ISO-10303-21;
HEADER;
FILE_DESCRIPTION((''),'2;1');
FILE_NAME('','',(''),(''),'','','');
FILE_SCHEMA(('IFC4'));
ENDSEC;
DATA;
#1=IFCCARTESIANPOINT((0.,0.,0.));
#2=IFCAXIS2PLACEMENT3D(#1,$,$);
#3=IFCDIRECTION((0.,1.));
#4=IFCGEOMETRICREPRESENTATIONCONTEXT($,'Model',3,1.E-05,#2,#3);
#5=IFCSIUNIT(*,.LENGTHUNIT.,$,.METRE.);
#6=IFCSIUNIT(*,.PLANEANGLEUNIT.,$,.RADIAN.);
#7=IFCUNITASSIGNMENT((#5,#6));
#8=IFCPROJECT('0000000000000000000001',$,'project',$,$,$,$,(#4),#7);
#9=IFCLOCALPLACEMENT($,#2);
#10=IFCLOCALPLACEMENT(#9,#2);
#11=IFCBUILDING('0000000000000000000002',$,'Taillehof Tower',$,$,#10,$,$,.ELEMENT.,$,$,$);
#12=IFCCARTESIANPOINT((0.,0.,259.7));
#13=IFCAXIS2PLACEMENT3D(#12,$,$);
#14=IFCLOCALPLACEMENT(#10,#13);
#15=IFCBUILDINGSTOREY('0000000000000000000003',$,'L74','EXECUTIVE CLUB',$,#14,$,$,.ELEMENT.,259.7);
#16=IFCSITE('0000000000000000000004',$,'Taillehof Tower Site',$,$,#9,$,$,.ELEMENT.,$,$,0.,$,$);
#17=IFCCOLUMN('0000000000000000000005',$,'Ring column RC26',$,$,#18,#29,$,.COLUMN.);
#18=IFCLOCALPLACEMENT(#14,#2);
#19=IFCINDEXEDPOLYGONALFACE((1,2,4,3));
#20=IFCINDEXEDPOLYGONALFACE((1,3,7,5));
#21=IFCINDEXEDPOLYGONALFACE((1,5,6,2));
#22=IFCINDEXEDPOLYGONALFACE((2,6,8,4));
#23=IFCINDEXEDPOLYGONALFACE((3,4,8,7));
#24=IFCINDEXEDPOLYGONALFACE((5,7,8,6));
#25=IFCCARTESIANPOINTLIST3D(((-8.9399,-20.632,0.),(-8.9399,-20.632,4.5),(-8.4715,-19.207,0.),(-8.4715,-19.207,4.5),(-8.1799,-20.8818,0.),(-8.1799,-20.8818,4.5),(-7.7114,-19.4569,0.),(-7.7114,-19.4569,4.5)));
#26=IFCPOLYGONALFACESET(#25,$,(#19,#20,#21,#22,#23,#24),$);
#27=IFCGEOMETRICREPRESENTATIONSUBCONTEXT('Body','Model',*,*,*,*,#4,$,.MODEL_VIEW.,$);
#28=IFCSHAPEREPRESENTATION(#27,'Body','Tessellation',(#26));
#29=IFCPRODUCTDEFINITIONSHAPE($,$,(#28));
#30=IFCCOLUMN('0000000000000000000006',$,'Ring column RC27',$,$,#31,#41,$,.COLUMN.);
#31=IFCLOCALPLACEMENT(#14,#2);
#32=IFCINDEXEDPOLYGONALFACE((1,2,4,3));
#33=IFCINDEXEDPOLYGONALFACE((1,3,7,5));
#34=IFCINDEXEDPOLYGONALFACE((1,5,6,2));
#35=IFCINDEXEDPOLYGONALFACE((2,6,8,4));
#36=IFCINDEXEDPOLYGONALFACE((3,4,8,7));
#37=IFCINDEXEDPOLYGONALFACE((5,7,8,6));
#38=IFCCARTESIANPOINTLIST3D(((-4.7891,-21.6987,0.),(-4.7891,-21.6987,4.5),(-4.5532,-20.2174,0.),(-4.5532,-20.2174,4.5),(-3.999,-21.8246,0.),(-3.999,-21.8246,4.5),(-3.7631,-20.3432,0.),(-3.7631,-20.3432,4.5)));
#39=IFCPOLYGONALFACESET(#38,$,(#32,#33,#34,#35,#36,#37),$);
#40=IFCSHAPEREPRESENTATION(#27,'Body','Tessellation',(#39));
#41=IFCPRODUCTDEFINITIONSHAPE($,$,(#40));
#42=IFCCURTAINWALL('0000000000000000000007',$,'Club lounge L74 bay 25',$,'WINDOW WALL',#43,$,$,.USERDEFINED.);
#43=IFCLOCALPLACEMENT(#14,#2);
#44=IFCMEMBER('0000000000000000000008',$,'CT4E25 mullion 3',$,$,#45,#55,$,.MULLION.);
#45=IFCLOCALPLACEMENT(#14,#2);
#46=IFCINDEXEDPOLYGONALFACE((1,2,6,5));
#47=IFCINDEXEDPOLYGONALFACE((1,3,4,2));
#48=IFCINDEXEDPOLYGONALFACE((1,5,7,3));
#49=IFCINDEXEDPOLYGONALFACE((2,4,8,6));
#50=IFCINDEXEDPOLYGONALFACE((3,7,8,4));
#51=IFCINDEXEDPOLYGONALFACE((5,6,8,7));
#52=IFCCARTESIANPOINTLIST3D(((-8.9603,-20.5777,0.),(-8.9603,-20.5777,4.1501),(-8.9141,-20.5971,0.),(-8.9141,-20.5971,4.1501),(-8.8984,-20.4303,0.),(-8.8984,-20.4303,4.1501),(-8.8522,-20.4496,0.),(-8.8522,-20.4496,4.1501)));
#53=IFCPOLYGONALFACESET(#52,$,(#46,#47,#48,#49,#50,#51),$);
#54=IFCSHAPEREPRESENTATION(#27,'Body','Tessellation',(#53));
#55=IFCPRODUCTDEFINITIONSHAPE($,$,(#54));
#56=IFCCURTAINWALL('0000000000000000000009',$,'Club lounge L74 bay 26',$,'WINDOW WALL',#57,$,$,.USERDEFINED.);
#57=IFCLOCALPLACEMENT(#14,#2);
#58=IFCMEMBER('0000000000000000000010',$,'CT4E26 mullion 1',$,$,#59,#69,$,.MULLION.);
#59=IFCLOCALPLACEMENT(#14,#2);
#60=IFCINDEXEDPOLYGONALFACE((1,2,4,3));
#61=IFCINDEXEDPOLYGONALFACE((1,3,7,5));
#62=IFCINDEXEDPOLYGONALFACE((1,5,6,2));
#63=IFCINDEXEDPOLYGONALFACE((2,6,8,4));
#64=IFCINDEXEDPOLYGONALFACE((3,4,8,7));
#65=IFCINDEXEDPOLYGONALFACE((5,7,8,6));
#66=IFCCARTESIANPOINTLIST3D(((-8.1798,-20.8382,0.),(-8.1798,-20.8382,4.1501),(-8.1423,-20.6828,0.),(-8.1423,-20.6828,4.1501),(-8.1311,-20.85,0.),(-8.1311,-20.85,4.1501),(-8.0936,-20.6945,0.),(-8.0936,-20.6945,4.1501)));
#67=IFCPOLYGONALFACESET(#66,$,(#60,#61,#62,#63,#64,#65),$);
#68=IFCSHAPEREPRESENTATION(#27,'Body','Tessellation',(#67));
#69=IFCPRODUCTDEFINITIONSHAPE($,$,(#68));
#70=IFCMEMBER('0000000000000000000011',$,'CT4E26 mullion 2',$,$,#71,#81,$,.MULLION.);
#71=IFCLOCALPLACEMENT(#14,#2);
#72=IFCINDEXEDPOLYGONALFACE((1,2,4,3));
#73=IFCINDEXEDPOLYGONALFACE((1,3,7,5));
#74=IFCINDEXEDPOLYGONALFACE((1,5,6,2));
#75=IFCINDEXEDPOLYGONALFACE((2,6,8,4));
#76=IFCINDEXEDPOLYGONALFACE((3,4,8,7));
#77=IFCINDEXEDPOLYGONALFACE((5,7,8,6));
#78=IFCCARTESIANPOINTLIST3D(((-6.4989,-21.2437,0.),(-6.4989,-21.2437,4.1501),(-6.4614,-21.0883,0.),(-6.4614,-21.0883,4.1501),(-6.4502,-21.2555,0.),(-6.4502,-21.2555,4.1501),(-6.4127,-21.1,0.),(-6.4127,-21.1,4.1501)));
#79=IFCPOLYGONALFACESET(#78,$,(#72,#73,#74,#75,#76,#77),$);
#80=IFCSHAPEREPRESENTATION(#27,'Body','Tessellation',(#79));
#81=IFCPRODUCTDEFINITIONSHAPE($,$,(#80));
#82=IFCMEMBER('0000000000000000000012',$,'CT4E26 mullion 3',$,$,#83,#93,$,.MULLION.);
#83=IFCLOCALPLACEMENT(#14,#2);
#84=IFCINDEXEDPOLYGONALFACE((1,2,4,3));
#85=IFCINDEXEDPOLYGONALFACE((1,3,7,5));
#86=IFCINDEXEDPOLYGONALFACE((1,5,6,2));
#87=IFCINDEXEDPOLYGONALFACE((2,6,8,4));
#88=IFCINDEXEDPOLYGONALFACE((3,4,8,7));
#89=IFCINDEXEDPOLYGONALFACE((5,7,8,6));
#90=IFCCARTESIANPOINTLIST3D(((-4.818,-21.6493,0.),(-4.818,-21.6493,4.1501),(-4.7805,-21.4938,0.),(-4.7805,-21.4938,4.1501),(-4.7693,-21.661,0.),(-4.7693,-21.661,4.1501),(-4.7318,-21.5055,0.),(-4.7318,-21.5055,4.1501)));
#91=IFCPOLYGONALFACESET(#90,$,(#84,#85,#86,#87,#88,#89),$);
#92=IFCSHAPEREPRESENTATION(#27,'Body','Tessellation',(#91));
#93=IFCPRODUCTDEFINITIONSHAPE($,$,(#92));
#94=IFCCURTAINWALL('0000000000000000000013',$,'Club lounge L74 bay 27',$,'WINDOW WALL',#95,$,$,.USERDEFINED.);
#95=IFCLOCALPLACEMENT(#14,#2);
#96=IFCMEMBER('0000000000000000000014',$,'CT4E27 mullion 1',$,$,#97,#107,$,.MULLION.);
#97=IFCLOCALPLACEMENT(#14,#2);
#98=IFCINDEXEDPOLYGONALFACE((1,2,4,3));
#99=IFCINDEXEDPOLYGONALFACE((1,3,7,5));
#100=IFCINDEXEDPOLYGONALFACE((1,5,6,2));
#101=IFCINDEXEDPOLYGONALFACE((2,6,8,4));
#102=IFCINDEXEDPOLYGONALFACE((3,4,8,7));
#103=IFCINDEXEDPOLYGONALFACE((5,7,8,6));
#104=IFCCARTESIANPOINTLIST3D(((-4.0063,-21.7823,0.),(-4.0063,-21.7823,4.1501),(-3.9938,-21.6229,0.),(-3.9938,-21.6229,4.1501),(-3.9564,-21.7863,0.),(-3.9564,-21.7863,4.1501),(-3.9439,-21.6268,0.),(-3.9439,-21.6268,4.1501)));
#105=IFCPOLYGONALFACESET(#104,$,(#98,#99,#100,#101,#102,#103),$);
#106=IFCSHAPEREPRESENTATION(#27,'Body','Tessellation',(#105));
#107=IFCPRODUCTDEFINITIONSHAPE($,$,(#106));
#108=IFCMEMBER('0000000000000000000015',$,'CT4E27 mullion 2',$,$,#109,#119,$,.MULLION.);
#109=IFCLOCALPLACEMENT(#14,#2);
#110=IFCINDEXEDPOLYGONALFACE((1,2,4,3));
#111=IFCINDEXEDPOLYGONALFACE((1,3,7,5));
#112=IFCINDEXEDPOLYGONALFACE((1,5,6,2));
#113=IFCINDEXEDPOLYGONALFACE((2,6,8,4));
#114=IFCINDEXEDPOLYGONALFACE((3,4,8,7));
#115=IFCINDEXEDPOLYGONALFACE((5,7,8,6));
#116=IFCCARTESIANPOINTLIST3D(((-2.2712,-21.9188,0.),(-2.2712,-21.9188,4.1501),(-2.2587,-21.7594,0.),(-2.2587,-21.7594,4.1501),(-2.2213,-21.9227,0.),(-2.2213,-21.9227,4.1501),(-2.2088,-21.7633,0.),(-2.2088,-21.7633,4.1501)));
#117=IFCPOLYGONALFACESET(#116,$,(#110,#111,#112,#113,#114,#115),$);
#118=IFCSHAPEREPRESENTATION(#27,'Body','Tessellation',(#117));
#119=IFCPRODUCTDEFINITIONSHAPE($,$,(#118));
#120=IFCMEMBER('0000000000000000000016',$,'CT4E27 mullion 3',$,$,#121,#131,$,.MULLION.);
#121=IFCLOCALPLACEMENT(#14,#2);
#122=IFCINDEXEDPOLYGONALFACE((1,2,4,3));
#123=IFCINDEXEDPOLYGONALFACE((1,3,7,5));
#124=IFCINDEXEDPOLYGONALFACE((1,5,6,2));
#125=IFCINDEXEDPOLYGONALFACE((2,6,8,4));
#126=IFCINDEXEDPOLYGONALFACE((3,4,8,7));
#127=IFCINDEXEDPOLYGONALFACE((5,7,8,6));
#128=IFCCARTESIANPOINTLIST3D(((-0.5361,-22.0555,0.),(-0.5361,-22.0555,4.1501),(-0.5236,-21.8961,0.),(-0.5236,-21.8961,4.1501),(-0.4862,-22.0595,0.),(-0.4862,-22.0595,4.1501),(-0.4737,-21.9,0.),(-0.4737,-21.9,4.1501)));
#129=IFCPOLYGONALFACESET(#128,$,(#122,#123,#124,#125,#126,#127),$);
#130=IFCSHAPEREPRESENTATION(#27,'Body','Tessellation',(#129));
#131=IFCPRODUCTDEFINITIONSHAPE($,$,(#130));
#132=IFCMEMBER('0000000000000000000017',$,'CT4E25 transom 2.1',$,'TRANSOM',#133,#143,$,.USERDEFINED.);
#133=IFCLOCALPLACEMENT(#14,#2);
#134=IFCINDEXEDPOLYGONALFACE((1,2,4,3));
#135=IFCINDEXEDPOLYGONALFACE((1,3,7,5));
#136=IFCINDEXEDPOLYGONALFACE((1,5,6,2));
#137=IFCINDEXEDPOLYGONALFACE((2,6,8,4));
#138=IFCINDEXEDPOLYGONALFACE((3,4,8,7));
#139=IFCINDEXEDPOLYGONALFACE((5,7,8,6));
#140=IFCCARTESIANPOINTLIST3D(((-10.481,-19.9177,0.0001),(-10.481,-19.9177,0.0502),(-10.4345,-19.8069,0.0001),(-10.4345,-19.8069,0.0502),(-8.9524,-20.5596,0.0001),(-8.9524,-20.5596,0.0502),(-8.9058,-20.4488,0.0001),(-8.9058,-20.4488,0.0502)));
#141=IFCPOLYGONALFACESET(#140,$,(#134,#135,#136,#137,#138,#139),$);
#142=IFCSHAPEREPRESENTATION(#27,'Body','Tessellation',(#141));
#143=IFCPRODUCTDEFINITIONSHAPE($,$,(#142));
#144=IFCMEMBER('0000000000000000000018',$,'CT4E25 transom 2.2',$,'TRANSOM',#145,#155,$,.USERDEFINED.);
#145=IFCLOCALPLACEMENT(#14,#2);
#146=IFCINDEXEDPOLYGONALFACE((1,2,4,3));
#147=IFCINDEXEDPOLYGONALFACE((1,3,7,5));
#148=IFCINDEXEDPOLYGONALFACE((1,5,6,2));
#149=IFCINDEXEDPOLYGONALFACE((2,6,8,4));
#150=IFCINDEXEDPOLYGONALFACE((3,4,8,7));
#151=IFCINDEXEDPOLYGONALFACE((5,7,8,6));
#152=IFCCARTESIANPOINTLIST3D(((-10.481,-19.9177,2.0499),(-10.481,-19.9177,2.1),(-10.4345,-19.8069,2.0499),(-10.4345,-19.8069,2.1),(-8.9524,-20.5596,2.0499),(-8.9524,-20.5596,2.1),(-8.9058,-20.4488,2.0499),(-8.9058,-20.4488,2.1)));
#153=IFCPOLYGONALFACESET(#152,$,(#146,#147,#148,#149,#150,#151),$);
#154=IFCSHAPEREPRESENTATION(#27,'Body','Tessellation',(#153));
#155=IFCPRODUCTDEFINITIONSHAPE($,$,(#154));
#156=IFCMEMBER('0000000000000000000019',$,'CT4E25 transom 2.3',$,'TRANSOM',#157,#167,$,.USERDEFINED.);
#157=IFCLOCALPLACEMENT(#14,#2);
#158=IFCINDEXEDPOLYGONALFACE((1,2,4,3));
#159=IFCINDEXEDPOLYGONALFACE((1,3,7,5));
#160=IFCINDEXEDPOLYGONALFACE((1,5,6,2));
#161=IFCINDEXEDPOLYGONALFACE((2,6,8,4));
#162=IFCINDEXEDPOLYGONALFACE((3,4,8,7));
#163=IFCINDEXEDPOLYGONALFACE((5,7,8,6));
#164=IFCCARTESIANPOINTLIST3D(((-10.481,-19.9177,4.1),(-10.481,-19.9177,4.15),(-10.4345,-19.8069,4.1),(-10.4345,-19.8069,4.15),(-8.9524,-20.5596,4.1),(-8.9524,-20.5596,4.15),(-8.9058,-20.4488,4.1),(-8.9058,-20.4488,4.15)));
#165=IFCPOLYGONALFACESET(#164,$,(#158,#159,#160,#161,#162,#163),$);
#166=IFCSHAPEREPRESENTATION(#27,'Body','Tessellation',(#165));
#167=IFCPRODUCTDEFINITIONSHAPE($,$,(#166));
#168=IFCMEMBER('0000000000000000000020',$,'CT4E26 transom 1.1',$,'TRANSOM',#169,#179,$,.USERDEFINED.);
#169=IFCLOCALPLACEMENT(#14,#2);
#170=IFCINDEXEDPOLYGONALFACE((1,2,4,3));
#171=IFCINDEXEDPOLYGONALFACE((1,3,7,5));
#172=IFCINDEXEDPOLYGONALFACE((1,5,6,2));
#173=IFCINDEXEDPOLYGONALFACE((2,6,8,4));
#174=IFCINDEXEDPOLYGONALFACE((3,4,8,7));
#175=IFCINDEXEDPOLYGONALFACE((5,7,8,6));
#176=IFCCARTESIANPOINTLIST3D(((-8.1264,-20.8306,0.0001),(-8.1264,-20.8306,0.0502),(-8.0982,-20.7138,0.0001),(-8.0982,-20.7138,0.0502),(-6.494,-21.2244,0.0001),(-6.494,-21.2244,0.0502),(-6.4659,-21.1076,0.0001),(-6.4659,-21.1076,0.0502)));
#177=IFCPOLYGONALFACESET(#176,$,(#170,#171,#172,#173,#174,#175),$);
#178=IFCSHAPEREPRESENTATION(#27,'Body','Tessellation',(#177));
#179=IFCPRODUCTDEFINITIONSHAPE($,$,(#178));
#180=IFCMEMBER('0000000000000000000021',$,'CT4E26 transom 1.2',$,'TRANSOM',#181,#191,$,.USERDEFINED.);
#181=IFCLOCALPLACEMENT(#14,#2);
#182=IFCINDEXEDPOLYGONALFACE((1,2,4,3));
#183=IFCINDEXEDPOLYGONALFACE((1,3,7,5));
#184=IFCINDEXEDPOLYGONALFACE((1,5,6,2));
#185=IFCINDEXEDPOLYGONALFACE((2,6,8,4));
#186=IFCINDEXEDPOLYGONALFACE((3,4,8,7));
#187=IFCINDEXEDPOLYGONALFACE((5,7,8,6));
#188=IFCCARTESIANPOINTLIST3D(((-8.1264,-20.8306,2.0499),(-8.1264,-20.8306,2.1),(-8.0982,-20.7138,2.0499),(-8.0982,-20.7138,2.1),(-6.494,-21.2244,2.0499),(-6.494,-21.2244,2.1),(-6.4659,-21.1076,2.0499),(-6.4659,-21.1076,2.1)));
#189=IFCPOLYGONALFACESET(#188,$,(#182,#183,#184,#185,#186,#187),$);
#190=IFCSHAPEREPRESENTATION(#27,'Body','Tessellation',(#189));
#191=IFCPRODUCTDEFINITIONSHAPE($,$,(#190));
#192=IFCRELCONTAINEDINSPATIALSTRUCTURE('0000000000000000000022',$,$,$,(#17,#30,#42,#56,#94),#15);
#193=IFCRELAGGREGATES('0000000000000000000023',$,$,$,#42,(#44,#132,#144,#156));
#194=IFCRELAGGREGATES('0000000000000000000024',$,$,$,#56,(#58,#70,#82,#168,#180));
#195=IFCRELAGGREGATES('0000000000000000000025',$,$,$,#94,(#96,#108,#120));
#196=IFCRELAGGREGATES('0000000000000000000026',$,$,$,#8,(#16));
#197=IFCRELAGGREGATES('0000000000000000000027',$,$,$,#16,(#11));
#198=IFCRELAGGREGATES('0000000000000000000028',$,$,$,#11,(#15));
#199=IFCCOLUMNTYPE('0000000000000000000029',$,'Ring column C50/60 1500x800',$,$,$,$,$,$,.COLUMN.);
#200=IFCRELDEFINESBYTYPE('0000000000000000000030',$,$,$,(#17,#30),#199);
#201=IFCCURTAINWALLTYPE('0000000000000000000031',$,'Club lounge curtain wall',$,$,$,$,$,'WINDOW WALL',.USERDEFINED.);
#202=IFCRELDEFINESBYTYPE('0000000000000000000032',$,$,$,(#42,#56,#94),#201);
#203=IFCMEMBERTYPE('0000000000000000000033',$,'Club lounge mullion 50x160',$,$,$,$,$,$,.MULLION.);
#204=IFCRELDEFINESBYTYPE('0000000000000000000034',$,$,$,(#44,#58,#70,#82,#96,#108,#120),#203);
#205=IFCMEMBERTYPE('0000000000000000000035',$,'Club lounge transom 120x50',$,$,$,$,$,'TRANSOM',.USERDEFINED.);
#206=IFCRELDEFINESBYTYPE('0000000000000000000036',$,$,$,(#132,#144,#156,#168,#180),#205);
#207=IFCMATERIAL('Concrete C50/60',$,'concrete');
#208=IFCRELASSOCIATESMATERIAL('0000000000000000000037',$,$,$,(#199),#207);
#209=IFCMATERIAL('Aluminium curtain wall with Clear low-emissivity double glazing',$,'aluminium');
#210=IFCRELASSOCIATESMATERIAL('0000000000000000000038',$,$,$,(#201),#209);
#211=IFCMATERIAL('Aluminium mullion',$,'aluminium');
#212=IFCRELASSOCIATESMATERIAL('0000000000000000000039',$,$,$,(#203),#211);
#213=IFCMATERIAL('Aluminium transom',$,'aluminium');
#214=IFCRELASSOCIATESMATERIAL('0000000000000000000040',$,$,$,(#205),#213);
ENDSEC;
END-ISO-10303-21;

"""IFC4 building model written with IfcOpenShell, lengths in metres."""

from ifc_helpers import new_model, si_unit, direction, frame, origin, origin_2d, place, context, subcontext, project, spatial, rectangle, extrude, material, material_profile, profile_set, type_object, element, aggregate, save


model = new_model("IFC4")

# Units and contexts
model_context = context("Model", 3, precision=1e-05, world=origin(), true_north=direction((0.0, 1.0)))
body_context = subcontext(model_context, "Body", "Model", "MODEL_VIEW")
ifc_project = project(units=[si_unit("LENGTHUNIT", "METRE"), si_unit("PLANEANGLEUNIT", "RADIAN")], contexts=[model_context])

# Site, building, storey
site_placement = place(None, origin())
site = spatial("IfcSite", under=ifc_project, at=site_placement, Name="Taillehof Tower Site", CompositionType="ELEMENT", RefElevation=0.0)
building_placement = place(site_placement, origin())
building = spatial("IfcBuilding", under=site, at=building_placement, Name="Taillehof Tower", CompositionType="ELEMENT")
storey_placement = place(building_placement, frame((0.0, 0.0, 259.7)))
storey = spatial("IfcBuildingStorey", under=building, at=storey_placement, Name="L74", Description="EXECUTIVE CLUB", CompositionType="ELEMENT", Elevation=259.7)

# Columns
ifc_material_1 = material(Name="Concrete C50/60", Category="concrete")
ifc_material_profile_1 = material_profile(ifc_material_1, rectangle(XDim=1.5, YDim=0.8, at=origin_2d()), Name="RC 1500x800")
ifc_profile_set_1 = profile_set([ifc_material_profile_1], Name="Concrete C50/60")
column_type = type_object("IfcColumnType", Name="Ring column C50/60 1500x800", PredefinedType="COLUMN", material=ifc_profile_set_1)
for number, where, z_axis, x_axis, name in (
    (1, (-8.3257, -20.0444, 0.0), (0.0, 0.0, 1.0), (-0.312304, -0.949982, 0.0), "Ring column RC26"),
    (2, (-4.2761, -21.021, 0.0), (0.0, 0.0, 1.0), (-0.157281, -0.987554, 0.0), "Ring column RC27"),
):
    element("IfcColumn", number, at=place(storey_placement, frame(where, z_axis=z_axis, x_axis=x_axis)), inside=storey, type_object=column_type, Name=name, PredefinedType="COLUMN", context=body_context, shape_type="SweptSolid", body=[
        extrude(rectangle(XDim=1.5, YDim=0.8, at=origin_2d()), origin(), (0.0, 0.0, 1.0), 4.5),
    ])

# Curtain wall, member
ifc_material_2 = material(Name="Aluminium curtain wall with Clear low-emissivity double glazing", Category="aluminium")
curtain_wall_type = type_object("IfcCurtainWallType", Name="Club lounge curtain wall", ElementType="WINDOW WALL", PredefinedType="USERDEFINED", material=ifc_material_2)
curtain_wall_1_placement = place(storey_placement, origin())
curtain_wall_1 = element("IfcCurtainWall", 3, at=curtain_wall_1_placement, inside=storey, type_object=curtain_wall_type, Name="Club lounge L74 bay 25", ObjectType="WINDOW WALL", PredefinedType="USERDEFINED")
ifc_material_3 = material(Name="Aluminium mullion", Category="aluminium")
ifc_material_profile_2 = material_profile(ifc_material_3, rectangle(XDim=0.1599, YDim=0.05, at=origin_2d()), Name="AL 50x160")
ifc_profile_set_2 = profile_set([ifc_material_profile_2], Name="Aluminium mullion")
member_type_1 = type_object("IfcMemberType", Name="Club lounge mullion 50x160", PredefinedType="MULLION", material=ifc_profile_set_2)
member_1_placement = place(storey_placement, frame((-8.9062, -20.5137, 0.0), z_axis=(0.0, 0.0, 1.0), x_axis=(0.387101, 0.922037, 0.0)))
member_1 = element("IfcMember", 4, at=member_1_placement, type_object=member_type_1, Name="CT4E25 mullion 3", PredefinedType="MULLION", context=body_context, shape_type="SweptSolid", body=[
    extrude(rectangle(XDim=0.1599, YDim=0.05, at=origin_2d()), origin(), (0.0, 0.0, 1.0), 4.1501),
])

# Curtain walls, members
curtain_wall_2_placement = place(storey_placement, origin())
curtain_wall_2 = element("IfcCurtainWall", 5, at=curtain_wall_2_placement, inside=storey, type_object=curtain_wall_type, Name="Club lounge L74 bay 26", ObjectType="WINDOW WALL", PredefinedType="USERDEFINED")
member_2_placement = place(storey_placement, frame((-8.1367, -20.7664, 0.0), z_axis=(0.0, 0.0, 1.0), x_axis=(0.234515, 0.972113, 0.0)))
member_2 = element("IfcMember", 6, at=member_2_placement, type_object=member_type_1, Name="CT4E26 mullion 1", PredefinedType="MULLION", context=body_context, shape_type="SweptSolid", body=[
    extrude(rectangle(XDim=0.1599, YDim=0.05, at=origin_2d()), origin(), (0.0, 0.0, 1.0), 4.1501),
])
member_3_placement = place(storey_placement, frame((-6.4558, -21.1719, 0.0), z_axis=(0.0, 0.0, 1.0), x_axis=(0.234515, 0.972113, 0.0)))
member_3 = element("IfcMember", 7, at=member_3_placement, type_object=member_type_1, Name="CT4E26 mullion 2", PredefinedType="MULLION", context=body_context, shape_type="SweptSolid", body=[
    extrude(rectangle(XDim=0.1599, YDim=0.05, at=origin_2d()), origin(), (0.0, 0.0, 1.0), 4.1501),
])
member_4_placement = place(storey_placement, frame((-4.7749, -21.5774, 0.0), z_axis=(0.0, 0.0, 1.0), x_axis=(0.234515, 0.972113, 0.0)))
member_4 = element("IfcMember", 8, at=member_4_placement, type_object=member_type_1, Name="CT4E26 mullion 3", PredefinedType="MULLION", context=body_context, shape_type="SweptSolid", body=[
    extrude(rectangle(XDim=0.1599, YDim=0.05, at=origin_2d()), origin(), (0.0, 0.0, 1.0), 4.1501),
])
curtain_wall_3_placement = place(storey_placement, origin())
curtain_wall_3 = element("IfcCurtainWall", 9, at=curtain_wall_3_placement, inside=storey, type_object=curtain_wall_type, Name="Club lounge L74 bay 27", ObjectType="WINDOW WALL", PredefinedType="USERDEFINED")
member_5_placement = place(storey_placement, frame((-3.9751, -21.7046, 0.0), z_axis=(0.0, 0.0, 1.0), x_axis=(0.078525, 0.996912, 0.0)))
member_5 = element("IfcMember", 10, at=member_5_placement, type_object=member_type_1, Name="CT4E27 mullion 1", PredefinedType="MULLION", context=body_context, shape_type="SweptSolid", body=[
    extrude(rectangle(XDim=0.1599, YDim=0.05, at=origin_2d()), origin(), (0.0, 0.0, 1.0), 4.1501),
])
member_6_placement = place(storey_placement, frame((-2.24, -21.8411, 0.0), z_axis=(0.0, 0.0, 1.0), x_axis=(0.078525, 0.996912, 0.0)))
member_6 = element("IfcMember", 11, at=member_6_placement, type_object=member_type_1, Name="CT4E27 mullion 2", PredefinedType="MULLION", context=body_context, shape_type="SweptSolid", body=[
    extrude(rectangle(XDim=0.1599, YDim=0.05, at=origin_2d()), origin(), (0.0, 0.0, 1.0), 4.1501),
])
member_7_placement = place(storey_placement, frame((-0.5049, -21.9778, 0.0), z_axis=(0.0, 0.0, 1.0), x_axis=(0.078525, 0.996912, 0.0)))
member_7 = element("IfcMember", 12, at=member_7_placement, type_object=member_type_1, Name="CT4E27 mullion 3", PredefinedType="MULLION", context=body_context, shape_type="SweptSolid", body=[
    extrude(rectangle(XDim=0.1599, YDim=0.05, at=origin_2d()), origin(), (0.0, 0.0, 1.0), 4.1501),
])

# Members
ifc_material_4 = material(Name="Aluminium transom", Category="aluminium")
ifc_material_profile_3 = material_profile(ifc_material_4, rectangle(XDim=0.1201, YDim=0.05, at=origin_2d()), Name="AL 120x50")
ifc_profile_set_3 = profile_set([ifc_material_profile_3], Name="Aluminium transom")
member_type_2 = type_object("IfcMemberType", Name="Club lounge transom 120x50", ElementType="TRANSOM", PredefinedType="USERDEFINED", material=ifc_profile_set_3)
member_8_placement = place(storey_placement, frame((-10.4578, -19.8623, 0.0251), z_axis=(0.922015, -0.387155, 0.0), x_axis=(0.387155, 0.922015, 0.0)))
member_8 = element("IfcMember", 13, at=member_8_placement, type_object=member_type_2, Name="CT4E25 transom 2.1", ObjectType="TRANSOM", PredefinedType="USERDEFINED", context=body_context, shape_type="SweptSolid", body=[
    extrude(rectangle(XDim=0.1201, YDim=0.05, at=origin_2d()), origin(), (0.0, 0.0, 1.0), 1.658),
])
member_9_placement = place(storey_placement, frame((-10.4578, -19.8623, 2.075), z_axis=(0.922015, -0.387155, 0.0), x_axis=(0.387155, 0.922015, 0.0)))
member_9 = element("IfcMember", 14, at=member_9_placement, type_object=member_type_2, Name="CT4E25 transom 2.2", ObjectType="TRANSOM", PredefinedType="USERDEFINED", context=body_context, shape_type="SweptSolid", body=[
    extrude(rectangle(XDim=0.1201, YDim=0.05, at=origin_2d()), origin(), (0.0, 0.0, 1.0), 1.658),
])
member_10_placement = place(storey_placement, frame((-10.4578, -19.8623, 4.125), z_axis=(0.922015, -0.387155, 0.0), x_axis=(0.387155, 0.922015, 0.0)))
member_10 = element("IfcMember", 15, at=member_10_placement, type_object=member_type_2, Name="CT4E25 transom 2.3", ObjectType="TRANSOM", PredefinedType="USERDEFINED", context=body_context, shape_type="SweptSolid", body=[
    extrude(rectangle(XDim=0.1201, YDim=0.05, at=origin_2d()), origin(), (0.0, 0.0, 1.0), 1.658),
])
member_11_placement = place(storey_placement, frame((-8.1123, -20.7722, 0.0251), z_axis=(0.972111, -0.234522, 0.0), x_axis=(0.234522, 0.972111, 0.0)))
member_11 = element("IfcMember", 16, at=member_11_placement, type_object=member_type_2, Name="CT4E26 transom 1.1", ObjectType="TRANSOM", PredefinedType="USERDEFINED", context=body_context, shape_type="SweptSolid", body=[
    extrude(rectangle(XDim=0.1201, YDim=0.05, at=origin_2d()), origin(), (0.0, 0.0, 1.0), 1.6792),
])
member_12_placement = place(storey_placement, frame((-8.1123, -20.7722, 2.075), z_axis=(0.972111, -0.234522, 0.0), x_axis=(0.234522, 0.972111, 0.0)))
member_12 = element("IfcMember", 17, at=member_12_placement, type_object=member_type_2, Name="CT4E26 transom 1.2", ObjectType="TRANSOM", PredefinedType="USERDEFINED", context=body_context, shape_type="SweptSolid", body=[
    extrude(rectangle(XDim=0.1201, YDim=0.05, at=origin_2d()), origin(), (0.0, 0.0, 1.0), 1.6792),
])

aggregate(curtain_wall_1, [member_1, member_8, member_9, member_10])
aggregate(curtain_wall_2, [member_2, member_3, member_4, member_11, member_12])
aggregate(curtain_wall_3, [member_5, member_6, member_7])

save(model, "model.ifc")
